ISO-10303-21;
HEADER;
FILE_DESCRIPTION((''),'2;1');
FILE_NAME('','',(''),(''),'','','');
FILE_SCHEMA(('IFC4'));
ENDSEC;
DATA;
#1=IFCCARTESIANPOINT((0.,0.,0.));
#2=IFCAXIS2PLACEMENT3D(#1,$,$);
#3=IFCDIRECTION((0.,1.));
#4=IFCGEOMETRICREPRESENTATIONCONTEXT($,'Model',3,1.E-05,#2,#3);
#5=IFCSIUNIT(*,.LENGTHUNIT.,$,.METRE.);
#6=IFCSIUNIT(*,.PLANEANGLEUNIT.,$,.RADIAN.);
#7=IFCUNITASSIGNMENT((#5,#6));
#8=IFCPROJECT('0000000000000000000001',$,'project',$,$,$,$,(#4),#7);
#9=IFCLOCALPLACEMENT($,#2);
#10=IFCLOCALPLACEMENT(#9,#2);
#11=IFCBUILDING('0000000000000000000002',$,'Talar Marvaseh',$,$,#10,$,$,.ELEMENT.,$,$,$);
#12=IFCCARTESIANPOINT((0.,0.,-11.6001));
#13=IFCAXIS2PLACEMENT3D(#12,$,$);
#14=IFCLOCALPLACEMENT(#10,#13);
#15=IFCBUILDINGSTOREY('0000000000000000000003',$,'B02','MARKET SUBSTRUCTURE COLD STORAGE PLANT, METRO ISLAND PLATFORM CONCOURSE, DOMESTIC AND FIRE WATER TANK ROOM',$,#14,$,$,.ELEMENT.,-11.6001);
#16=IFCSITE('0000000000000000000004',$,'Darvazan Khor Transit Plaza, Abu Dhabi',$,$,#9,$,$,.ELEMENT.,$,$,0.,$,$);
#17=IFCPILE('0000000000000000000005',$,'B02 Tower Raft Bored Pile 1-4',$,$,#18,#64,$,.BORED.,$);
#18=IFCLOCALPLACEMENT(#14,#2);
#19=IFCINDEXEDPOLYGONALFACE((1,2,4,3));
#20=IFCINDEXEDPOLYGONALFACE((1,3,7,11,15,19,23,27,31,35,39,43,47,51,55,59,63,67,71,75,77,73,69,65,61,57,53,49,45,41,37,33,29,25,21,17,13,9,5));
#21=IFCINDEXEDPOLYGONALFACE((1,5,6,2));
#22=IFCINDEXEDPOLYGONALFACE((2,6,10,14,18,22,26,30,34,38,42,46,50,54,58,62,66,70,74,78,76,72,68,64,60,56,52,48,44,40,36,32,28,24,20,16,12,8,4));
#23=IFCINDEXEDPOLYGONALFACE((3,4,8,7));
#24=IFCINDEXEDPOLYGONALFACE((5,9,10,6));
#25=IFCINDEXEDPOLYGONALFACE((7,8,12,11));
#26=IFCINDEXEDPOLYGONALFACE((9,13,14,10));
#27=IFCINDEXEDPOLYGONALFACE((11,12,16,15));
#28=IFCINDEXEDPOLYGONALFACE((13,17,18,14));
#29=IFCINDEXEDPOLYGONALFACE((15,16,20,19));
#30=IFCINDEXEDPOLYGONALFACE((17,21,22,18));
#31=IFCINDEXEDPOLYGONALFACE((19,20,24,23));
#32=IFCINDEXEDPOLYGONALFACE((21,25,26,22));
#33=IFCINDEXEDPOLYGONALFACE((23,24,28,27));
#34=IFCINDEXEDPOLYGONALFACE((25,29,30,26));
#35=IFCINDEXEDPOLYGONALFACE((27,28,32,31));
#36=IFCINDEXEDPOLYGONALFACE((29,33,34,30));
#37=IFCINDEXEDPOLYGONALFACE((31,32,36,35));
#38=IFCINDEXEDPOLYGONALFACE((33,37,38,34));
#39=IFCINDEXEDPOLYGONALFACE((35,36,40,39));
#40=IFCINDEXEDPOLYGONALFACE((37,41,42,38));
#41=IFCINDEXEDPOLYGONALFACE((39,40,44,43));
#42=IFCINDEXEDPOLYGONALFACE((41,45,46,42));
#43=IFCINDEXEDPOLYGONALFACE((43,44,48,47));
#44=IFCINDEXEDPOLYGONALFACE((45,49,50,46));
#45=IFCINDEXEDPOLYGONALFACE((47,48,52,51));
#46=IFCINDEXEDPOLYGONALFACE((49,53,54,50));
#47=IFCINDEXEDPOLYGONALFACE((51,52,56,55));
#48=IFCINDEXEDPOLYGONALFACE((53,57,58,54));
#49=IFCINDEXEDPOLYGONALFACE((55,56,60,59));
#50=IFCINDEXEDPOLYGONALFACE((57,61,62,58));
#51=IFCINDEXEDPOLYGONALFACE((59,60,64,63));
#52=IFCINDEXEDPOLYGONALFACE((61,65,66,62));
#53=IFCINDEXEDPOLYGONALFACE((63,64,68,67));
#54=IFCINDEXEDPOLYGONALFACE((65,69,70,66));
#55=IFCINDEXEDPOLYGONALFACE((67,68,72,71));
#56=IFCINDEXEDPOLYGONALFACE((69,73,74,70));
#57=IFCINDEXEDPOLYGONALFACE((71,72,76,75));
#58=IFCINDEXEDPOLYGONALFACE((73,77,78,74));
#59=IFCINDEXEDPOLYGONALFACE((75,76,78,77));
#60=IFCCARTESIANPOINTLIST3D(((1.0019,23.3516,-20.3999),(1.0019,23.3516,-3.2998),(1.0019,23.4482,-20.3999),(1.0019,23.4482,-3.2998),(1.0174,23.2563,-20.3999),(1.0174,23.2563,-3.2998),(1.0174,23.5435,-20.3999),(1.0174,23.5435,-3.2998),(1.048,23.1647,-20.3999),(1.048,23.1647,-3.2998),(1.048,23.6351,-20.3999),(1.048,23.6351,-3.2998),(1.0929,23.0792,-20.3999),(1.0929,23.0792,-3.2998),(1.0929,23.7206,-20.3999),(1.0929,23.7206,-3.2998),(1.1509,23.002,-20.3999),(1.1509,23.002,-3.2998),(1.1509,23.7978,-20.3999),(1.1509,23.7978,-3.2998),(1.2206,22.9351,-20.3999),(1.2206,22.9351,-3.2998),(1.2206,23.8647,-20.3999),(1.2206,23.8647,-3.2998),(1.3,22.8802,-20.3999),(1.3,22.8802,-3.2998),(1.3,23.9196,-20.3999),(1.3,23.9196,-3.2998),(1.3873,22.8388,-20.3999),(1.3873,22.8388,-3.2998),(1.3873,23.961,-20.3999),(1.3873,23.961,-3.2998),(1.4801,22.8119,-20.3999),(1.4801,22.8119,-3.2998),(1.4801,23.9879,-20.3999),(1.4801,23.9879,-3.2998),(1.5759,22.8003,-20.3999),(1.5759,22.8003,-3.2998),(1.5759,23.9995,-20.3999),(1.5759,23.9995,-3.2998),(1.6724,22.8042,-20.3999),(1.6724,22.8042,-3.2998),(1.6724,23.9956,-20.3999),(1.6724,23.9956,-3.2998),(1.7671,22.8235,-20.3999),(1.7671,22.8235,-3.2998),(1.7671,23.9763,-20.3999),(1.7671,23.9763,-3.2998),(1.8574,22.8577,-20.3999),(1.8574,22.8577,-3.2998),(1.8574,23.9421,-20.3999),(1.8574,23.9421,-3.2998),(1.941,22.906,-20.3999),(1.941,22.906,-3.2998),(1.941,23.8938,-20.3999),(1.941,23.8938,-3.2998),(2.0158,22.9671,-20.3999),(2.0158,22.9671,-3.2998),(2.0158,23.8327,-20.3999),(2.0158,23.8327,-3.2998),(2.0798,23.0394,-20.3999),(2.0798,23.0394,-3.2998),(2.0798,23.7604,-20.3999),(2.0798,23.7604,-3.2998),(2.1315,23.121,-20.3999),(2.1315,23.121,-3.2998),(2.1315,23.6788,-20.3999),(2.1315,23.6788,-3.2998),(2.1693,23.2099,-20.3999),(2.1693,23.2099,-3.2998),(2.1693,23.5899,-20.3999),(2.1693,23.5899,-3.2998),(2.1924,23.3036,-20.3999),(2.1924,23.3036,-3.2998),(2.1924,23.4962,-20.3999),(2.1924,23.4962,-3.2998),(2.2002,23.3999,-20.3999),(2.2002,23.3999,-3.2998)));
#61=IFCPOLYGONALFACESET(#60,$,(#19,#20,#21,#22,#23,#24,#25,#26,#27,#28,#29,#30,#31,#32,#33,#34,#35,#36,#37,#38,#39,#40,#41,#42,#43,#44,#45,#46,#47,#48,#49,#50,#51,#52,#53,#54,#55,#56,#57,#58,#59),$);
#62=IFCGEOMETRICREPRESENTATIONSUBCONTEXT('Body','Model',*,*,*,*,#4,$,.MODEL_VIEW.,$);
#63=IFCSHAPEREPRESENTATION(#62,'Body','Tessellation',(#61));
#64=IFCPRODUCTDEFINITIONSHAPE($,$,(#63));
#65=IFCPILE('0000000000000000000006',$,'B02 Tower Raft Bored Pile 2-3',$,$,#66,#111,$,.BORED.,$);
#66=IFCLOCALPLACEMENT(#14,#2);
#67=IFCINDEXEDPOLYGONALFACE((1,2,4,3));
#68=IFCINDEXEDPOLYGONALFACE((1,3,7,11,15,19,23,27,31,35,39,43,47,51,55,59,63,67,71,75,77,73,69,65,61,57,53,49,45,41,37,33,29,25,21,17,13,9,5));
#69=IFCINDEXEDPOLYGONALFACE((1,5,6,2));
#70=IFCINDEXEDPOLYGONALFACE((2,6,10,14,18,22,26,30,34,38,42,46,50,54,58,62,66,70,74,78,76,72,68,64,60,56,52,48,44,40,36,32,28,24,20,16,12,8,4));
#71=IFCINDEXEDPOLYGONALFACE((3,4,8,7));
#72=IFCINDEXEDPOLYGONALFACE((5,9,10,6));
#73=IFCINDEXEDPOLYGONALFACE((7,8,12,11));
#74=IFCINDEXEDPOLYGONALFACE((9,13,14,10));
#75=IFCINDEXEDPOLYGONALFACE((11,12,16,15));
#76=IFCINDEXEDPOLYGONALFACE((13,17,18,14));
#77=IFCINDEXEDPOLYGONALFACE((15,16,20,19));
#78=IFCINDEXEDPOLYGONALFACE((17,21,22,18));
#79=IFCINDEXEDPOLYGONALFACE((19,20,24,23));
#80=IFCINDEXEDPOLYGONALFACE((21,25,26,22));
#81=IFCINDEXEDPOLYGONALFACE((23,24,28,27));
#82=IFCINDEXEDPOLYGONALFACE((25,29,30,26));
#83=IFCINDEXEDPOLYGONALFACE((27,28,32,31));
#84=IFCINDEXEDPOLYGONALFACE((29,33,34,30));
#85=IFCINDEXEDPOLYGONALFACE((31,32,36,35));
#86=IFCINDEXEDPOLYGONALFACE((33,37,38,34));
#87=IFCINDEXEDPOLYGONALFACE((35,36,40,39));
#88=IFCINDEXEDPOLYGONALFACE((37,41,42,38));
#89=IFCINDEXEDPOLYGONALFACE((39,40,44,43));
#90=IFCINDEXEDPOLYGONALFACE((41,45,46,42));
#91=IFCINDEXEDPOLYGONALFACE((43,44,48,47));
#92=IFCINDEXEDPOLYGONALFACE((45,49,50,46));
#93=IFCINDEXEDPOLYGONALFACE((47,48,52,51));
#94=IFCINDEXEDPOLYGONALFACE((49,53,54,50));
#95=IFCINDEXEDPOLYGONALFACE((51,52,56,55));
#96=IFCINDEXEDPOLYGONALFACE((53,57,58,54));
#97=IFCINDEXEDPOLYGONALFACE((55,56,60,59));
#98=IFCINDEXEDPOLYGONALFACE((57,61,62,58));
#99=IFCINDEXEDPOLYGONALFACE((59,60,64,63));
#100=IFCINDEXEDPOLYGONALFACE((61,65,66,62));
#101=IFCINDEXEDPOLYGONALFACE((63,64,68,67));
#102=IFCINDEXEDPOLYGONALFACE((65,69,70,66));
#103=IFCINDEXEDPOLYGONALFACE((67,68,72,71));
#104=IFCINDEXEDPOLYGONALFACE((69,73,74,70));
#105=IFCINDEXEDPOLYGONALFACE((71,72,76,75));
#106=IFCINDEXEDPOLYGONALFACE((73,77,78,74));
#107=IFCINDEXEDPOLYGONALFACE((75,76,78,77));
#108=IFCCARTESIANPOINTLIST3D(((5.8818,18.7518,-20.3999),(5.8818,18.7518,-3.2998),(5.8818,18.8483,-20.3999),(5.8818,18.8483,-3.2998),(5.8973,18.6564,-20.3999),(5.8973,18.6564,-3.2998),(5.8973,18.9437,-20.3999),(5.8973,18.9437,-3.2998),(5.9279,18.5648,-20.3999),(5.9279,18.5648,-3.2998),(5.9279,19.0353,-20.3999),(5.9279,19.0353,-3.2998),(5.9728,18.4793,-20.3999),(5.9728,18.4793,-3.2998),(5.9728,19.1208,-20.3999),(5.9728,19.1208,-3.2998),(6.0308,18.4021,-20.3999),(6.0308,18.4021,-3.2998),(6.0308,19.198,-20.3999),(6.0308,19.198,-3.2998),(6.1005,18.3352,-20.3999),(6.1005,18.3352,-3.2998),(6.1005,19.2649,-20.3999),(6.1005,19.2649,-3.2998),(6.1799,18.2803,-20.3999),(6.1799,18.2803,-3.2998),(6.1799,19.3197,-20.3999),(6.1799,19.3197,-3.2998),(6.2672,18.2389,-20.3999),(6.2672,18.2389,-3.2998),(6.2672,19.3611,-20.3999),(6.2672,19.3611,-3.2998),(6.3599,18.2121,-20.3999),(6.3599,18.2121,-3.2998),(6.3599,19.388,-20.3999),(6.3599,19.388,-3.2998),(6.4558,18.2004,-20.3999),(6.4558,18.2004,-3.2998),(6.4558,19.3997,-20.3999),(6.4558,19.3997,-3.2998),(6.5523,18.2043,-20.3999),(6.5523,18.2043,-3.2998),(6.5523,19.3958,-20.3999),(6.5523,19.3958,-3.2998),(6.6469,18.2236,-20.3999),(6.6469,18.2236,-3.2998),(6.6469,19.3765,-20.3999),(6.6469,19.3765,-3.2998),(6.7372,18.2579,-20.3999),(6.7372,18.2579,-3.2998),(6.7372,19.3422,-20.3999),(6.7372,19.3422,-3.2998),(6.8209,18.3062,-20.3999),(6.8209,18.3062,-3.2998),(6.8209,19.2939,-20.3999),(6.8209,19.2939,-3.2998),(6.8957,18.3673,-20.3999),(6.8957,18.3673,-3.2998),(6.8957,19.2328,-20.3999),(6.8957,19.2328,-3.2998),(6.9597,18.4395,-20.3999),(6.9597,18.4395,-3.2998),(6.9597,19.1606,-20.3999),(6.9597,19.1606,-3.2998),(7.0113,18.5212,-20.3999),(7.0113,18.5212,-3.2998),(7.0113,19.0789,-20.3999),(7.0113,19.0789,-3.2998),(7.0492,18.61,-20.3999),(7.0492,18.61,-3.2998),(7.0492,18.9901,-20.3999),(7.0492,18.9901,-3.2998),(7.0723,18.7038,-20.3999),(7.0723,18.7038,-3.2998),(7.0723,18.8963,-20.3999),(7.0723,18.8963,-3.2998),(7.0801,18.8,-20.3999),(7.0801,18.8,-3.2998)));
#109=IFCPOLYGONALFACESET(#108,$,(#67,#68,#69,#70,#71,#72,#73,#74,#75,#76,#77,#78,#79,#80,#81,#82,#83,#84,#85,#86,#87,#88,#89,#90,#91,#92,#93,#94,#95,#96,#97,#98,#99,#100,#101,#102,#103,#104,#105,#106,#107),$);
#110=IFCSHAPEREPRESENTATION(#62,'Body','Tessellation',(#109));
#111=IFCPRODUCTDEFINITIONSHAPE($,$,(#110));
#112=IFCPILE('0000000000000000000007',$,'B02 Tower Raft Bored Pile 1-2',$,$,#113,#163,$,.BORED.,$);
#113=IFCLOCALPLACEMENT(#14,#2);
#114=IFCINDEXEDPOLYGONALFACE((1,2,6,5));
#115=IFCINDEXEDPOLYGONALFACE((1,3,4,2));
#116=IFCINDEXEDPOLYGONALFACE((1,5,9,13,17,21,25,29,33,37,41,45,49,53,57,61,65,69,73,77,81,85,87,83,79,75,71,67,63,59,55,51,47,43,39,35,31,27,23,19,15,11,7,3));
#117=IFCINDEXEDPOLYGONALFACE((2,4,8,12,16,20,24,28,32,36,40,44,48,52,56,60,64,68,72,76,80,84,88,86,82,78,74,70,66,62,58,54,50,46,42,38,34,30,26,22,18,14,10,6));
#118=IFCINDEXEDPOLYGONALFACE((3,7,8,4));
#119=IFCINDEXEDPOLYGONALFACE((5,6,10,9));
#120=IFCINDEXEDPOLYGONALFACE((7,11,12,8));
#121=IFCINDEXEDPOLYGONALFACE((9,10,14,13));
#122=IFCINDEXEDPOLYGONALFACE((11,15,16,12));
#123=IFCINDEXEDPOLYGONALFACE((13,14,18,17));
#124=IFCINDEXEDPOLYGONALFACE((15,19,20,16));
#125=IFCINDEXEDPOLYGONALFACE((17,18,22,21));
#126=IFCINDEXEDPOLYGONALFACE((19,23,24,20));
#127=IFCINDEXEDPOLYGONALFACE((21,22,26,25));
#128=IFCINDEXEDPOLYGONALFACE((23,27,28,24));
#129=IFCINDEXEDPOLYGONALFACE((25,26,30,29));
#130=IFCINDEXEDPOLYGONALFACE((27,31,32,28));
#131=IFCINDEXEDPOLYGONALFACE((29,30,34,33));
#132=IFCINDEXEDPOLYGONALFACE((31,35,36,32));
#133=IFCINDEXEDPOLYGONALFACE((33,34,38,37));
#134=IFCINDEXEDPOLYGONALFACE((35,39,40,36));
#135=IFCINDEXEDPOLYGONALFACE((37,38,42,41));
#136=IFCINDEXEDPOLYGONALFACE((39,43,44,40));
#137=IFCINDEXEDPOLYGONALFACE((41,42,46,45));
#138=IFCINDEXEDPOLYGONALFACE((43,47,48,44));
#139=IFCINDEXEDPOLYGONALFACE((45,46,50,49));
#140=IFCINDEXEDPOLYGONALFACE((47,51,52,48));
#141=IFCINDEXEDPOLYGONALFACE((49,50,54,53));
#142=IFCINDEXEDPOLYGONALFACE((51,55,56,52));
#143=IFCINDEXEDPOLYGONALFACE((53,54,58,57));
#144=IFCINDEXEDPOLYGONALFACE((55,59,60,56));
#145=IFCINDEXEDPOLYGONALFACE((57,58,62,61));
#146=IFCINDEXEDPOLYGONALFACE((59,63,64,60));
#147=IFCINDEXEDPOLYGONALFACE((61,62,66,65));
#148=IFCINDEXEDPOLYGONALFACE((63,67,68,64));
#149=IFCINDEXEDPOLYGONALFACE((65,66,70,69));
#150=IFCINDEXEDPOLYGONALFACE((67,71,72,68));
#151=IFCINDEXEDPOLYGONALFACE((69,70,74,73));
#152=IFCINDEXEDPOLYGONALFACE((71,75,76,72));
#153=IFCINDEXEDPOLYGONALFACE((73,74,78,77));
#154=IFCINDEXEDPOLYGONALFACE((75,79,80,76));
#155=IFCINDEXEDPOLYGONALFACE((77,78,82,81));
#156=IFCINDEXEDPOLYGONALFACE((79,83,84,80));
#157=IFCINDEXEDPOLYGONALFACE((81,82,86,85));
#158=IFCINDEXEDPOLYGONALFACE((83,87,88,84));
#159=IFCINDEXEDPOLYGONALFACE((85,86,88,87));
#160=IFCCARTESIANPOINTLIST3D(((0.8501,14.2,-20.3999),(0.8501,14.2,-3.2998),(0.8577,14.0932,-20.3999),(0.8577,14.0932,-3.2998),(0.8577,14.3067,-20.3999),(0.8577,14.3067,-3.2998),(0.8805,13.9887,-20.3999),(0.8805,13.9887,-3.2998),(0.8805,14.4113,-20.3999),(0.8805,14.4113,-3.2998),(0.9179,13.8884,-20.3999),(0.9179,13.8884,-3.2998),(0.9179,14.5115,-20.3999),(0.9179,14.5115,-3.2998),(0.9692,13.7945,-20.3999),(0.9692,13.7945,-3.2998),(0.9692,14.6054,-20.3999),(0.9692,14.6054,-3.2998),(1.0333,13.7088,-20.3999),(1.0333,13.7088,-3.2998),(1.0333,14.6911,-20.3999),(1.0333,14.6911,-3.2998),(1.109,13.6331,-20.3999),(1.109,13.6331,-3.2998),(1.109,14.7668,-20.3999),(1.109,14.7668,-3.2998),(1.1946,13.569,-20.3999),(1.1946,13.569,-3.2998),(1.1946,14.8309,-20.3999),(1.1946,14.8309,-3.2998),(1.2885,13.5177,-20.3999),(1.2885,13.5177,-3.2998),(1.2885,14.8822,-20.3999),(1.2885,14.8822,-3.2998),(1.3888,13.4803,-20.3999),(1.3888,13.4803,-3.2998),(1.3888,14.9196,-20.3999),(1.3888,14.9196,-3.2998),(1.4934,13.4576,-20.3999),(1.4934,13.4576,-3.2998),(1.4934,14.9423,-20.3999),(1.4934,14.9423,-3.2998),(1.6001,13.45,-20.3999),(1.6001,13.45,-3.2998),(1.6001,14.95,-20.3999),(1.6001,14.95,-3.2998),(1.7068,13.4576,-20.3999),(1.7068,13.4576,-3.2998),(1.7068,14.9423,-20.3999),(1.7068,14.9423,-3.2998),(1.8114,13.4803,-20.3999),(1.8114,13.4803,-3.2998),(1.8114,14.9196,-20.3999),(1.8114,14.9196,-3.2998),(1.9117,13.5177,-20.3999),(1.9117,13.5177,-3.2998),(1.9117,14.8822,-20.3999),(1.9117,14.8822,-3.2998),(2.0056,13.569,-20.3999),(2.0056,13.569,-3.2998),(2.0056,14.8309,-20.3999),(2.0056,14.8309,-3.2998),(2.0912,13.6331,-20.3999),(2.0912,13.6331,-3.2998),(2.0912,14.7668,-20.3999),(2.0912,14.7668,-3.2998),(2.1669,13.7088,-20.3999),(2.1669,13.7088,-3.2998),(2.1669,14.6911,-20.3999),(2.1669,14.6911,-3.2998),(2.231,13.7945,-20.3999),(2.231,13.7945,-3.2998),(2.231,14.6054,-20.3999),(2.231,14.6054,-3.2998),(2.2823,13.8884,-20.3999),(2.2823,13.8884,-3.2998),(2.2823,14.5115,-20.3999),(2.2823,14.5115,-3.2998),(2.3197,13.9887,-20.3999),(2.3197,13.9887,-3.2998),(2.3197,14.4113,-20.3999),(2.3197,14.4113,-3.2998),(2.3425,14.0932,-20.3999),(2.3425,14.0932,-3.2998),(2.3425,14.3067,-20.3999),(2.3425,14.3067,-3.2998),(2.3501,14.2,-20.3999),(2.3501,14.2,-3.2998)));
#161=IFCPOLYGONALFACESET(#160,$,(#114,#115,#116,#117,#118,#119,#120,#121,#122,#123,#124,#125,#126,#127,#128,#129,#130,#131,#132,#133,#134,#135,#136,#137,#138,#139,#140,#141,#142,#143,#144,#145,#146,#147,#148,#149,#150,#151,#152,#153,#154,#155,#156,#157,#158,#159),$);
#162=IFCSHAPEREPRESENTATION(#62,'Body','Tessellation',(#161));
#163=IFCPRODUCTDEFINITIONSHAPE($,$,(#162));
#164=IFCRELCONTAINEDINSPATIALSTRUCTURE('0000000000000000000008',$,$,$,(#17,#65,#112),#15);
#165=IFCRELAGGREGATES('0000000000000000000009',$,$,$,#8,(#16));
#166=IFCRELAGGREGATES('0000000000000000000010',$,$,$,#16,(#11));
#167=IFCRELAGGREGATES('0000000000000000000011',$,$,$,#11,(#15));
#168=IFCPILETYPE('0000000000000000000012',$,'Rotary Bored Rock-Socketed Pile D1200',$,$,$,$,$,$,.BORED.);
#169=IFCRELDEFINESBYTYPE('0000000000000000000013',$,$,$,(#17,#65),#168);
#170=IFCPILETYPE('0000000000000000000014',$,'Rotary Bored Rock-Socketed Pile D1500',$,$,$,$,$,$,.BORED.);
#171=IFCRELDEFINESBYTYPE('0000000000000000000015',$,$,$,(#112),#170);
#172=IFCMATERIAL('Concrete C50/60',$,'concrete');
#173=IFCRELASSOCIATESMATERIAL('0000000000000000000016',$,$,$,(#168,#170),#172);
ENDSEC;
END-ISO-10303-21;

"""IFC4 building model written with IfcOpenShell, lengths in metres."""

from ifc_helpers import new_model, si_unit, direction, frame, origin, origin_2d, place, context, subcontext, project, spatial, circle, extrude, source, transform, mapped, material, material_profile, profile_set, type_object, type_shapes, element, save


model = new_model("IFC4")

# Units and contexts
model_context = context("Model", 3, precision=1e-05, world=origin(), true_north=direction((0.0, 1.0)))
body_context = subcontext(model_context, "Body", "Model", "MODEL_VIEW")
ifc_project = project(units=[si_unit("LENGTHUNIT", "METRE"), si_unit("PLANEANGLEUNIT", "RADIAN")], contexts=[model_context])

# Site, building, storey
site_placement = place(None, origin())
site = spatial("IfcSite", under=ifc_project, at=site_placement, Name="Darvazan Khor Transit Plaza, Abu Dhabi", CompositionType="ELEMENT", RefElevation=0.0)
building_placement = place(site_placement, origin())
building = spatial("IfcBuilding", under=site, at=building_placement, Name="Talar Marvaseh", CompositionType="ELEMENT")
storey_placement = place(building_placement, frame((0.0, 0.0, -11.6001)))
storey = spatial("IfcBuildingStorey", under=building, at=storey_placement, Name="B02", Description="MARKET SUBSTRUCTURE COLD STORAGE PLANT, METRO ISLAND PLATFORM CONCOURSE, DOMESTIC AND FIRE WATER TANK ROOM", CompositionType="ELEMENT", Elevation=-11.6001)

# Piles
ifc_material_1 = material(Name="Concrete C50/60", Category="concrete")
ifc_material_profile_1 = material_profile(ifc_material_1, circle(Radius=0.6001, at=origin_2d()), Name="PILE-D1200")
ifc_profile_set_1 = profile_set([ifc_material_profile_1], Name="Concrete C50/60")
pile_type_1 = type_object("IfcPileType", Name="Rotary Bored Rock-Socketed Pile D1200", PredefinedType="BORED", material=ifc_profile_set_1)
shared_shape_1 = source(origin(), body_context, "Body", "SweptSolid", [
    extrude(circle(Radius=0.6001, at=origin_2d()), origin(), (0.0, 0.0, 1.0), 17.1001),
])
type_shapes(pile_type_1, [shared_shape_1])
for number, where, z_axis, x_axis, name in (
    (1, (1.6001, 23.3999, -3.2998), (0.0, 0.0, -1.0), (1.0, 0.0, 0.0), "B02 Tower Raft Bored Pile 1-4"),
    (2, (6.48, 18.8, -3.2998), (0.0, 0.0, -1.0), (1.0, 0.0, 0.0), "B02 Tower Raft Bored Pile 2-3"),
):
    element("IfcPile", number, at=place(storey_placement, frame(where, z_axis=z_axis, x_axis=x_axis)), inside=storey, type_object=pile_type_1, Name=name, PredefinedType="BORED", context=body_context, shape_type="MappedRepresentation", body=[
        mapped(shared_shape_1, transform((0.0, 0.0, 0.0), x_axis=(1.0, 0.0, 0.0), y_axis=(0.0, 1.0, 0.0), z_axis=(0.0, 0.0, 1.0), scale=1.0)),
    ])
ifc_material_profile_2 = material_profile(ifc_material_1, circle(Radius=0.75, at=origin_2d()), Name="PILE-D1500")
ifc_profile_set_2 = profile_set([ifc_material_profile_2], Name="Concrete C50/60")
pile_type_2 = type_object("IfcPileType", Name="Rotary Bored Rock-Socketed Pile D1500", PredefinedType="BORED", material=ifc_profile_set_2)
shared_shape_2 = source(origin(), body_context, "Body", "SweptSolid", [
    extrude(circle(Radius=0.75, at=origin_2d()), origin(), (0.0, 0.0, 1.0), 17.1001),
])
type_shapes(pile_type_2, [shared_shape_2])
for number, where, z_axis, x_axis, name in (
    (3, (1.6001, 14.2, -3.2998), (0.0, 0.0, -1.0), (1.0, 0.0, 0.0), "B02 Tower Raft Bored Pile 1-2"),
):
    element("IfcPile", number, at=place(storey_placement, frame(where, z_axis=z_axis, x_axis=x_axis)), inside=storey, type_object=pile_type_2, Name=name, PredefinedType="BORED", context=body_context, shape_type="MappedRepresentation", body=[
        mapped(shared_shape_2, transform((0.0, 0.0, 0.0), x_axis=(1.0, 0.0, 0.0), y_axis=(0.0, 1.0, 0.0), z_axis=(0.0, 0.0, 1.0), scale=1.0)),
    ])

save(model, "model.ifc")
